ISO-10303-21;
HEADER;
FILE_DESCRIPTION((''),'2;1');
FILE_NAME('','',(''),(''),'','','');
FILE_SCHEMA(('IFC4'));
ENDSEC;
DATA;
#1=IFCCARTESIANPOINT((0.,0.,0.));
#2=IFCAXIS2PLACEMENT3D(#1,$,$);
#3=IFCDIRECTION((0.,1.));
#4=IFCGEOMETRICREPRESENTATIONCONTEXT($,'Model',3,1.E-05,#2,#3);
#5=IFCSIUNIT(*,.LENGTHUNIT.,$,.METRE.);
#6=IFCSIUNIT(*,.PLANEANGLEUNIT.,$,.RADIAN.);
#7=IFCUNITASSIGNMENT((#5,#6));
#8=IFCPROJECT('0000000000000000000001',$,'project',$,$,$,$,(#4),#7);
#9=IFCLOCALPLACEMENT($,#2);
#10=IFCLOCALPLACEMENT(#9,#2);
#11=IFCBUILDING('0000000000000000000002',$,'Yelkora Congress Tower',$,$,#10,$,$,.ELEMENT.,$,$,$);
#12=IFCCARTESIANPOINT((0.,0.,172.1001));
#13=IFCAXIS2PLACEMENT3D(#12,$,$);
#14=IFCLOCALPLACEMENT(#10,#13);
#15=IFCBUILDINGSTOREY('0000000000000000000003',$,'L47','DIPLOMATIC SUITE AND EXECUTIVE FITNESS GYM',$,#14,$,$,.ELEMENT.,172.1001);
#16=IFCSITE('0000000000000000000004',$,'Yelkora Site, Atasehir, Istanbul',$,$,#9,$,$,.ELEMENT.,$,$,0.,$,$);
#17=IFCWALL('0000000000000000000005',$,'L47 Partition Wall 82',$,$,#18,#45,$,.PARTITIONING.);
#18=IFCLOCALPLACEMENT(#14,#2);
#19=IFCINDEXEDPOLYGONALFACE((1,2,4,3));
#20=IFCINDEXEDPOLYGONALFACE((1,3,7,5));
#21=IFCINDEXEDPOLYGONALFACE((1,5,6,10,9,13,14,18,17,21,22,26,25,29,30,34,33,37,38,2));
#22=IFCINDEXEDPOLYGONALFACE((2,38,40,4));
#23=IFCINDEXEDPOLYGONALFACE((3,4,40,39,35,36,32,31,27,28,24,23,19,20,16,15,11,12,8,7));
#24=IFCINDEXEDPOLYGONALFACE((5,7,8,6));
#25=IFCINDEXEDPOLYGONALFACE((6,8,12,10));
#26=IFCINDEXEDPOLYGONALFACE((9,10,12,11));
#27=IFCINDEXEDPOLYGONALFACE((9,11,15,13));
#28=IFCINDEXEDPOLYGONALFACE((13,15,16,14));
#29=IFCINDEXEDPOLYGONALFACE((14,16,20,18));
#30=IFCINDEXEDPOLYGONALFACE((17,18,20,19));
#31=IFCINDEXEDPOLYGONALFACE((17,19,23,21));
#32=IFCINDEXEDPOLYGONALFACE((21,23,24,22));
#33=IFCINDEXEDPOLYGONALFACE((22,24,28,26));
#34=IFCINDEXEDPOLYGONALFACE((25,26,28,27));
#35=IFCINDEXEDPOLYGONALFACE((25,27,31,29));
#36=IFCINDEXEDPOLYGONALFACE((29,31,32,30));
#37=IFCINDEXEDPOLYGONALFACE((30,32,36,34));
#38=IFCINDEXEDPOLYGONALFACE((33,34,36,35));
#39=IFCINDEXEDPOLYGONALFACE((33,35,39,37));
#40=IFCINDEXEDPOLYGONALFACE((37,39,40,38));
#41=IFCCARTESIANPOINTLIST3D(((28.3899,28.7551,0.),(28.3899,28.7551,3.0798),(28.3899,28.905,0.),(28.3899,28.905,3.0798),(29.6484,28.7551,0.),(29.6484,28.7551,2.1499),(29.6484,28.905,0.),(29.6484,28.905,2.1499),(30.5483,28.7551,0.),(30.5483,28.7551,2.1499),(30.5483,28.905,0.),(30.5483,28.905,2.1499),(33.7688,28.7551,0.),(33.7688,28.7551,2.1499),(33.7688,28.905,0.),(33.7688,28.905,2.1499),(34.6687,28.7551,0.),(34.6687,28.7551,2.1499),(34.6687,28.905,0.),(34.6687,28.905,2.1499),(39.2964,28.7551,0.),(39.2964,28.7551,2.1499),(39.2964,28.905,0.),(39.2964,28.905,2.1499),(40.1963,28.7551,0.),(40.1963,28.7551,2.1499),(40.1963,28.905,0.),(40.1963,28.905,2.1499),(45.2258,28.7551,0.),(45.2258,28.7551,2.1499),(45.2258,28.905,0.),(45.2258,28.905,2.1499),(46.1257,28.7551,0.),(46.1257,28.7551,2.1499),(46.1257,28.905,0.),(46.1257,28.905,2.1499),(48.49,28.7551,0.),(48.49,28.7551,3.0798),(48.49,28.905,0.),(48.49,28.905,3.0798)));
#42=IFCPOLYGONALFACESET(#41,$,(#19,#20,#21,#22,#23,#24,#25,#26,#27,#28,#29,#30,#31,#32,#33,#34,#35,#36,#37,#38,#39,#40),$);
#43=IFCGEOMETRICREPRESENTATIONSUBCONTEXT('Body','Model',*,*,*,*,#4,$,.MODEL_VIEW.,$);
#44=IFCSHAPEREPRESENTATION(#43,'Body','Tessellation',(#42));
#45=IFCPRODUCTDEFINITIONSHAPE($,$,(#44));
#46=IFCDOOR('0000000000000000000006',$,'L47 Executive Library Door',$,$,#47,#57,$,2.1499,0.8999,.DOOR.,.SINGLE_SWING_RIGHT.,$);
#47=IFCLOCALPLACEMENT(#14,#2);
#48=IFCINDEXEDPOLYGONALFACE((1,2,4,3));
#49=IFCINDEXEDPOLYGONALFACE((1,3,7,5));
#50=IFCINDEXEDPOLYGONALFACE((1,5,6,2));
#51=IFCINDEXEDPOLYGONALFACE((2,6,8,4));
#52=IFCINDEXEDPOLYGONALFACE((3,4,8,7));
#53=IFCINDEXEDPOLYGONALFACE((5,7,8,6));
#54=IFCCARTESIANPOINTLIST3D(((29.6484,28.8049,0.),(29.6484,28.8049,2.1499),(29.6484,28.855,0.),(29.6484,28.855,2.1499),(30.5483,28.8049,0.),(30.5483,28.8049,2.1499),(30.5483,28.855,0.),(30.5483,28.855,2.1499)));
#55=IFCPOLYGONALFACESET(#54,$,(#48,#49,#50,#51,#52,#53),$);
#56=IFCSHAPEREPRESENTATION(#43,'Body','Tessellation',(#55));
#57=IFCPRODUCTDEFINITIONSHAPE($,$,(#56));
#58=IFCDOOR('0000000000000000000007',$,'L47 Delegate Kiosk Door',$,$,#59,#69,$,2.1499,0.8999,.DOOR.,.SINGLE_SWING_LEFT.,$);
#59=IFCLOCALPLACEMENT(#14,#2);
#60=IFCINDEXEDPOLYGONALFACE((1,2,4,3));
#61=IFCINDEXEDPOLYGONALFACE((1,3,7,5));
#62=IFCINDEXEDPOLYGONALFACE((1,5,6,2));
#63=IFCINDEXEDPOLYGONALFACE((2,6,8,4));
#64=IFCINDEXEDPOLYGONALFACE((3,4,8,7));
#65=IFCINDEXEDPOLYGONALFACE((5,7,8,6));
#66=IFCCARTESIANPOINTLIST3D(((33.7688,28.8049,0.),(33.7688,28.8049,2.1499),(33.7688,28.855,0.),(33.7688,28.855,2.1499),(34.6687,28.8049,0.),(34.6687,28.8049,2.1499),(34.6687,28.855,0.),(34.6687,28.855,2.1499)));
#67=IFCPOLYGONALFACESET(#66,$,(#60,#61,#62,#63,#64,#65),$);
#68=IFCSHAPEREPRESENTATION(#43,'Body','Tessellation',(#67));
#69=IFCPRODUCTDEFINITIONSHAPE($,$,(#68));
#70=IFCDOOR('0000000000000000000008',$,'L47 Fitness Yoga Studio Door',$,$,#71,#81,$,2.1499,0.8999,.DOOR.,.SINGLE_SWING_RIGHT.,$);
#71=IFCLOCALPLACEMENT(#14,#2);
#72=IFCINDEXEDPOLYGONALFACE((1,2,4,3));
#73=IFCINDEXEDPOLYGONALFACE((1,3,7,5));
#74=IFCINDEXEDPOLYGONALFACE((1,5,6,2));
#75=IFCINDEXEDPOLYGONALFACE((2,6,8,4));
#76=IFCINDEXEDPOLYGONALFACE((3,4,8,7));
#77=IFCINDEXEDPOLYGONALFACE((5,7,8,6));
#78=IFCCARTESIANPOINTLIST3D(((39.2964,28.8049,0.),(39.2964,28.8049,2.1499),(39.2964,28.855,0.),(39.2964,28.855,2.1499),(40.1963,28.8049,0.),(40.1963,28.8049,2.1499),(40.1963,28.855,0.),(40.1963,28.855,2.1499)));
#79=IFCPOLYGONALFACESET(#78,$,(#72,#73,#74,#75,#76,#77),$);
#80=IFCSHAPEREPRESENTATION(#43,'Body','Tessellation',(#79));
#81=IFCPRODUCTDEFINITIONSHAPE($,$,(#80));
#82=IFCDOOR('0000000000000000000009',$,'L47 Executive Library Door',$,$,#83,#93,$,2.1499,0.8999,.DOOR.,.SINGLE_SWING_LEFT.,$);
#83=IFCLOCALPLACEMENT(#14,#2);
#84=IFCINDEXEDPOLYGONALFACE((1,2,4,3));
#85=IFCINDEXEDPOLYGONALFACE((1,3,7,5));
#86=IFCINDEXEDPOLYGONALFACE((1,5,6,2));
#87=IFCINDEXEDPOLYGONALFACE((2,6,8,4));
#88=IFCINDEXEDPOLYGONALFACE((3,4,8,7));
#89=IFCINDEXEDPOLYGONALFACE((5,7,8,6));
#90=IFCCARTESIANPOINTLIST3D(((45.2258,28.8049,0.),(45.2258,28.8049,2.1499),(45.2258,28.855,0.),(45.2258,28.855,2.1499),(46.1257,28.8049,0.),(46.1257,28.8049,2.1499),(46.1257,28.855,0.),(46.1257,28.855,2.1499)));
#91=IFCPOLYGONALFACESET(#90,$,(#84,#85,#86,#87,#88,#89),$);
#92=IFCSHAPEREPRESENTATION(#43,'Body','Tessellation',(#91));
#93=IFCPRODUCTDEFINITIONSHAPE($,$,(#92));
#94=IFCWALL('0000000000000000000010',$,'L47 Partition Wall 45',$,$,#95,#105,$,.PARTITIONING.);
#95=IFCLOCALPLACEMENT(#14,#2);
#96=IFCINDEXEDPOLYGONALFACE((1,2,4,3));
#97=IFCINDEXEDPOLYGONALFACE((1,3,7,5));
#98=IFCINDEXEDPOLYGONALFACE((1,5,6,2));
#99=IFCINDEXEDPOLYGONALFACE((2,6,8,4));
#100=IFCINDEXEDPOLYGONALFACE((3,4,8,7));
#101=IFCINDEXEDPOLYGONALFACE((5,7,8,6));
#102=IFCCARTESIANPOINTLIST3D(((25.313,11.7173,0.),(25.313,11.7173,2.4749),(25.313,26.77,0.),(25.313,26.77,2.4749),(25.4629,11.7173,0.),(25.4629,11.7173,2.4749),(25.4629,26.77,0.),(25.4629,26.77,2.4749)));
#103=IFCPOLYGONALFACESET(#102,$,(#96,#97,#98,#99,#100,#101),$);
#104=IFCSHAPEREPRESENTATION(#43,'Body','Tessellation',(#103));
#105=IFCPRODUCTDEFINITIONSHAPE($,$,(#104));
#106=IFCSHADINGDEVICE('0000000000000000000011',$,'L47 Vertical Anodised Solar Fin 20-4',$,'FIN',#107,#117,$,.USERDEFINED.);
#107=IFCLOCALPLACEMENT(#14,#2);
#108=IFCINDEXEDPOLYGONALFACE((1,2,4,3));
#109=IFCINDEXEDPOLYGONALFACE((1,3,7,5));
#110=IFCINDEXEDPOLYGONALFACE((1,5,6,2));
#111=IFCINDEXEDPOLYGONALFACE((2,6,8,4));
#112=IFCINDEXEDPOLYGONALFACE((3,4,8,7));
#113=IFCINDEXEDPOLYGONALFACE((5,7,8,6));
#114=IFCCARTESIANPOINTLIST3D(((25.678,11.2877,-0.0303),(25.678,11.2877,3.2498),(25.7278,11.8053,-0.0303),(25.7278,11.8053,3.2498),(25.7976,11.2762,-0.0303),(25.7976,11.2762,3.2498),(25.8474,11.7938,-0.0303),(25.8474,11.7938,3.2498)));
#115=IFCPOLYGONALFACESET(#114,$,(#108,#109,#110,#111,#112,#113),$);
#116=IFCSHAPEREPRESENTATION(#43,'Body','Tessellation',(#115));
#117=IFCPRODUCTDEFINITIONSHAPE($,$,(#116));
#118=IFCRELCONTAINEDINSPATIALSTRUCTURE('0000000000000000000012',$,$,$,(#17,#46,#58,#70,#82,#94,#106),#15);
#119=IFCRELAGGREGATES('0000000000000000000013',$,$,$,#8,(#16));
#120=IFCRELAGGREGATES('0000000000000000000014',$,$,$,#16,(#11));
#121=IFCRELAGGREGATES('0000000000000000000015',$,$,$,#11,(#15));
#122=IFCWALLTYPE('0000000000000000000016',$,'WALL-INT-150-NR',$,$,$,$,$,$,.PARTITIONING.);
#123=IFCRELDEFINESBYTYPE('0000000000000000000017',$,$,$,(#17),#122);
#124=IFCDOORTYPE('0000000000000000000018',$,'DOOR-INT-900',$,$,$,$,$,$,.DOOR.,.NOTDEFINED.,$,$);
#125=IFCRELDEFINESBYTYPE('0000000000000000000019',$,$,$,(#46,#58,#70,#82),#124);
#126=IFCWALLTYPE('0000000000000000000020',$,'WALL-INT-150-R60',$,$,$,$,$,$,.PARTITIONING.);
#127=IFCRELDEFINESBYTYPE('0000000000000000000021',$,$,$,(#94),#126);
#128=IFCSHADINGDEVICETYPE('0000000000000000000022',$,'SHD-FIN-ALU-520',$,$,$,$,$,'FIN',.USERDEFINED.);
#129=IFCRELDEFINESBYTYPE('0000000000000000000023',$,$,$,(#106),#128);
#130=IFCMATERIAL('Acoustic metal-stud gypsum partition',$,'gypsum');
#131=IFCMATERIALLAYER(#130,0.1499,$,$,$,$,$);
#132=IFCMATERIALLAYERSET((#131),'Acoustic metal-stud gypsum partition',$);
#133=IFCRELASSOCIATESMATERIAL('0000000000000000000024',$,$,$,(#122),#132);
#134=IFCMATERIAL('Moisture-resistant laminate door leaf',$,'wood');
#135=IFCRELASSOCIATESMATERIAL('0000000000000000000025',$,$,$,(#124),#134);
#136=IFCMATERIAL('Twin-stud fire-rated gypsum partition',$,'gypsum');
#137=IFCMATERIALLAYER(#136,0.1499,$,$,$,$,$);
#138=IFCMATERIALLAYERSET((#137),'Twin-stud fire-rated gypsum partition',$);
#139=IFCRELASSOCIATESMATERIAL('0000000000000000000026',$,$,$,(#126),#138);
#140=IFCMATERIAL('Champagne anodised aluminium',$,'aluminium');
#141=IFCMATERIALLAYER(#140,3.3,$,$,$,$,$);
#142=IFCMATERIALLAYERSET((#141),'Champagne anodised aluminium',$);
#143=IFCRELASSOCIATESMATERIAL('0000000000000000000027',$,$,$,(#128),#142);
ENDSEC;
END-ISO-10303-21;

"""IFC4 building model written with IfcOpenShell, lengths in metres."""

from ifc_helpers import new_model, si_unit, direction, frame, frame_2d, origin, origin_2d, place, context, subcontext, project, spatial, rectangle, extrude, material, layer, layer_set, type_object, element, fill, save


model = new_model("IFC4")

# Units and contexts
model_context = context("Model", 3, precision=1e-05, world=origin(), true_north=direction((0.0, 1.0)))
body_context = subcontext(model_context, "Body", "Model", "MODEL_VIEW")
ifc_project = project(units=[si_unit("LENGTHUNIT", "METRE"), si_unit("PLANEANGLEUNIT", "RADIAN")], contexts=[model_context])

# Site, building, storey
site_placement = place(None, origin())
site = spatial("IfcSite", under=ifc_project, at=site_placement, Name="Yelkora Site, Atasehir, Istanbul", CompositionType="ELEMENT", RefElevation=0.0)
building_placement = place(site_placement, origin())
building = spatial("IfcBuilding", under=site, at=building_placement, Name="Yelkora Congress Tower", CompositionType="ELEMENT")
storey_placement = place(building_placement, frame((0.0, 0.0, 172.1001)))
storey = spatial("IfcBuildingStorey", under=building, at=storey_placement, Name="L47", Description="DIPLOMATIC SUITE AND EXECUTIVE FITNESS GYM", CompositionType="ELEMENT", Elevation=172.1001)

# Shared definitions
ifc_material_1 = material(Name="Acoustic metal-stud gypsum partition", Category="gypsum")
ifc_layer_1 = layer(ifc_material_1, 0.1499)
ifc_layer_set_1 = layer_set([ifc_layer_1], Name="Acoustic metal-stud gypsum partition")
wall_type_1 = type_object("IfcWallType", Name="WALL-INT-150-NR", PredefinedType="PARTITIONING", material=ifc_layer_set_1)

# Wall, openings, doors
wall_1_placement = place(storey_placement, frame((28.3899, 28.8301, 0.0), z_axis=(0.0, 0.0, 1.0), x_axis=(1.0, 0.0, 0.0)))
wall_1 = element("IfcWall", 1, at=wall_1_placement, inside=storey, type_object=wall_type_1, Name="L47 Partition Wall 82", PredefinedType="PARTITIONING", context=body_context, shape_type="SweptSolid", body=[
    extrude(rectangle(XDim=20.1001, YDim=0.1499, at=frame_2d((10.05, 0.0))), origin(), (0.0, 0.0, 1.0), 3.0798),
])
opening_1_placement = place(wall_1_placement, frame((1.2585, 0.0, 0.0)))
opening_1 = element("IfcOpeningElement", 2, at=opening_1_placement, cuts=wall_1, PredefinedType="OPENING", context=body_context, shape_type="SweptSolid", body=[
    extrude(rectangle(XDim=0.8999, YDim=2.1499, at=frame_2d((0.45, 1.075))), frame((0.0, 0.085, 0.0), z_axis=(0.0, -1.0, 0.0), x_axis=(1.0, 0.0, 0.0)), (0.0, 0.0, 1.0), 0.1699),
])
opening_2_placement = place(wall_1_placement, frame((5.3789, 0.0, 0.0)))
opening_2 = element("IfcOpeningElement", 3, at=opening_2_placement, cuts=wall_1, PredefinedType="OPENING", context=body_context, shape_type="SweptSolid", body=[
    extrude(rectangle(XDim=0.8999, YDim=2.1499, at=frame_2d((0.45, 1.075))), frame((0.0, 0.085, 0.0), z_axis=(0.0, -1.0, 0.0), x_axis=(1.0, 0.0, 0.0)), (0.0, 0.0, 1.0), 0.1699),
])
opening_3_placement = place(wall_1_placement, frame((10.9065, 0.0, 0.0)))
opening_3 = element("IfcOpeningElement", 4, at=opening_3_placement, cuts=wall_1, PredefinedType="OPENING", context=body_context, shape_type="SweptSolid", body=[
    extrude(rectangle(XDim=0.8999, YDim=2.1499, at=frame_2d((0.45, 1.075))), frame((0.0, 0.085, 0.0), z_axis=(0.0, -1.0, 0.0), x_axis=(1.0, 0.0, 0.0)), (0.0, 0.0, 1.0), 0.1699),
])
opening_4_placement = place(wall_1_placement, frame((16.8359, 0.0, 0.0)))
opening_4 = element("IfcOpeningElement", 5, at=opening_4_placement, cuts=wall_1, PredefinedType="OPENING", context=body_context, shape_type="SweptSolid", body=[
    extrude(rectangle(XDim=0.8999, YDim=2.1499, at=frame_2d((0.45, 1.075))), frame((0.0, 0.085, 0.0), z_axis=(0.0, -1.0, 0.0), x_axis=(1.0, 0.0, 0.0)), (0.0, 0.0, 1.0), 0.1699),
])
ifc_material_2 = material(Name="Moisture-resistant laminate door leaf", Category="wood")
door_type_1 = type_object("IfcDoorType", Name="DOOR-INT-900", OperationType="NOTDEFINED", PredefinedType="DOOR", material=ifc_material_2)
door_1_placement = place(opening_1_placement, origin())
door_1 = element("IfcDoor", 6, at=door_1_placement, inside=storey, type_object=door_type_1, Name="L47 Executive Library Door", OperationType="SINGLE_SWING_RIGHT", OverallHeight=2.1499, OverallWidth=0.8999, PredefinedType="DOOR", context=body_context, shape_type="SweptSolid", body=[
    extrude(rectangle(XDim=0.8999, YDim=2.1499, at=frame_2d((0.45, 1.075))), frame((0.0, 0.0249, 0.0), z_axis=(0.0, -1.0, 0.0), x_axis=(1.0, 0.0, 0.0)), (0.0, 0.0, 1.0), 0.05),
])
fill(opening_1, door_1)
door_2_placement = place(opening_2_placement, origin())
door_2 = element("IfcDoor", 7, at=door_2_placement, inside=storey, type_object=door_type_1, Name="L47 Delegate Kiosk Door", OperationType="SINGLE_SWING_LEFT", OverallHeight=2.1499, OverallWidth=0.8999, PredefinedType="DOOR", context=body_context, shape_type="SweptSolid", body=[
    extrude(rectangle(XDim=0.8999, YDim=2.1499, at=frame_2d((0.45, 1.075))), frame((0.0, 0.0249, 0.0), z_axis=(0.0, -1.0, 0.0), x_axis=(1.0, 0.0, 0.0)), (0.0, 0.0, 1.0), 0.05),
])
fill(opening_2, door_2)
door_3_placement = place(opening_3_placement, origin())
door_3 = element("IfcDoor", 8, at=door_3_placement, inside=storey, type_object=door_type_1, Name="L47 Fitness Yoga Studio Door", OperationType="SINGLE_SWING_RIGHT", OverallHeight=2.1499, OverallWidth=0.8999, PredefinedType="DOOR", context=body_context, shape_type="SweptSolid", body=[
    extrude(rectangle(XDim=0.8999, YDim=2.1499, at=frame_2d((0.45, 1.075))), frame((0.0, 0.0249, 0.0), z_axis=(0.0, -1.0, 0.0), x_axis=(1.0, 0.0, 0.0)), (0.0, 0.0, 1.0), 0.05),
])
fill(opening_3, door_3)
door_4_placement = place(opening_4_placement, origin())
door_4 = element("IfcDoor", 9, at=door_4_placement, inside=storey, type_object=door_type_1, Name="L47 Executive Library Door", OperationType="SINGLE_SWING_LEFT", OverallHeight=2.1499, OverallWidth=0.8999, PredefinedType="DOOR", context=body_context, shape_type="SweptSolid", body=[
    extrude(rectangle(XDim=0.8999, YDim=2.1499, at=frame_2d((0.45, 1.075))), frame((0.0, 0.0249, 0.0), z_axis=(0.0, -1.0, 0.0), x_axis=(1.0, 0.0, 0.0)), (0.0, 0.0, 1.0), 0.05),
])
fill(opening_4, door_4)

# Wall
ifc_material_3 = material(Name="Twin-stud fire-rated gypsum partition", Category="gypsum")
ifc_layer_2 = layer(ifc_material_3, 0.1499)
ifc_layer_set_2 = layer_set([ifc_layer_2], Name="Twin-stud fire-rated gypsum partition")
wall_type_2 = type_object("IfcWallType", Name="WALL-INT-150-R60", PredefinedType="PARTITIONING", material=ifc_layer_set_2)
wall_2_placement = place(storey_placement, frame((25.3879, 11.7173, 0.0), z_axis=(0.0, 0.0, 1.0), x_axis=(0.0, 1.0, 0.0)))
element("IfcWall", 10, at=wall_2_placement, inside=storey, type_object=wall_type_2, Name="L47 Partition Wall 45", PredefinedType="PARTITIONING", context=body_context, shape_type="SweptSolid", body=[
    extrude(rectangle(XDim=15.0527, YDim=0.1499, at=frame_2d((7.5264, 0.0))), origin(), (0.0, 0.0, 1.0), 2.4749),
])

# Shading device
ifc_material_4 = material(Name="Champagne anodised aluminium", Category="aluminium")
ifc_layer_3 = layer(ifc_material_4, 3.3)
ifc_layer_set_3 = layer_set([ifc_layer_3], Name="Champagne anodised aluminium")
shading_device_type = type_object("IfcShadingDeviceType", Name="SHD-FIN-ALU-520", ElementType="FIN", PredefinedType="USERDEFINED", material=ifc_layer_set_3)
shading_device_placement = place(storey_placement, frame((25.7627, 11.5408, -0.0303), z_axis=(0.0, 0.0, 1.0), x_axis=(-0.995396, 0.095846, 0.0)))
element("IfcShadingDevice", 11, at=shading_device_placement, inside=storey, type_object=shading_device_type, Name="L47 Vertical Anodised Solar Fin 20-4", ObjectType="FIN", PredefinedType="USERDEFINED", context=body_context, shape_type="SweptSolid", body=[
    extrude(rectangle(XDim=0.1201, YDim=0.52, at=origin_2d()), origin(), (0.0, 0.0, 1.0), 3.28),
])

save(model, "model.ifc")
